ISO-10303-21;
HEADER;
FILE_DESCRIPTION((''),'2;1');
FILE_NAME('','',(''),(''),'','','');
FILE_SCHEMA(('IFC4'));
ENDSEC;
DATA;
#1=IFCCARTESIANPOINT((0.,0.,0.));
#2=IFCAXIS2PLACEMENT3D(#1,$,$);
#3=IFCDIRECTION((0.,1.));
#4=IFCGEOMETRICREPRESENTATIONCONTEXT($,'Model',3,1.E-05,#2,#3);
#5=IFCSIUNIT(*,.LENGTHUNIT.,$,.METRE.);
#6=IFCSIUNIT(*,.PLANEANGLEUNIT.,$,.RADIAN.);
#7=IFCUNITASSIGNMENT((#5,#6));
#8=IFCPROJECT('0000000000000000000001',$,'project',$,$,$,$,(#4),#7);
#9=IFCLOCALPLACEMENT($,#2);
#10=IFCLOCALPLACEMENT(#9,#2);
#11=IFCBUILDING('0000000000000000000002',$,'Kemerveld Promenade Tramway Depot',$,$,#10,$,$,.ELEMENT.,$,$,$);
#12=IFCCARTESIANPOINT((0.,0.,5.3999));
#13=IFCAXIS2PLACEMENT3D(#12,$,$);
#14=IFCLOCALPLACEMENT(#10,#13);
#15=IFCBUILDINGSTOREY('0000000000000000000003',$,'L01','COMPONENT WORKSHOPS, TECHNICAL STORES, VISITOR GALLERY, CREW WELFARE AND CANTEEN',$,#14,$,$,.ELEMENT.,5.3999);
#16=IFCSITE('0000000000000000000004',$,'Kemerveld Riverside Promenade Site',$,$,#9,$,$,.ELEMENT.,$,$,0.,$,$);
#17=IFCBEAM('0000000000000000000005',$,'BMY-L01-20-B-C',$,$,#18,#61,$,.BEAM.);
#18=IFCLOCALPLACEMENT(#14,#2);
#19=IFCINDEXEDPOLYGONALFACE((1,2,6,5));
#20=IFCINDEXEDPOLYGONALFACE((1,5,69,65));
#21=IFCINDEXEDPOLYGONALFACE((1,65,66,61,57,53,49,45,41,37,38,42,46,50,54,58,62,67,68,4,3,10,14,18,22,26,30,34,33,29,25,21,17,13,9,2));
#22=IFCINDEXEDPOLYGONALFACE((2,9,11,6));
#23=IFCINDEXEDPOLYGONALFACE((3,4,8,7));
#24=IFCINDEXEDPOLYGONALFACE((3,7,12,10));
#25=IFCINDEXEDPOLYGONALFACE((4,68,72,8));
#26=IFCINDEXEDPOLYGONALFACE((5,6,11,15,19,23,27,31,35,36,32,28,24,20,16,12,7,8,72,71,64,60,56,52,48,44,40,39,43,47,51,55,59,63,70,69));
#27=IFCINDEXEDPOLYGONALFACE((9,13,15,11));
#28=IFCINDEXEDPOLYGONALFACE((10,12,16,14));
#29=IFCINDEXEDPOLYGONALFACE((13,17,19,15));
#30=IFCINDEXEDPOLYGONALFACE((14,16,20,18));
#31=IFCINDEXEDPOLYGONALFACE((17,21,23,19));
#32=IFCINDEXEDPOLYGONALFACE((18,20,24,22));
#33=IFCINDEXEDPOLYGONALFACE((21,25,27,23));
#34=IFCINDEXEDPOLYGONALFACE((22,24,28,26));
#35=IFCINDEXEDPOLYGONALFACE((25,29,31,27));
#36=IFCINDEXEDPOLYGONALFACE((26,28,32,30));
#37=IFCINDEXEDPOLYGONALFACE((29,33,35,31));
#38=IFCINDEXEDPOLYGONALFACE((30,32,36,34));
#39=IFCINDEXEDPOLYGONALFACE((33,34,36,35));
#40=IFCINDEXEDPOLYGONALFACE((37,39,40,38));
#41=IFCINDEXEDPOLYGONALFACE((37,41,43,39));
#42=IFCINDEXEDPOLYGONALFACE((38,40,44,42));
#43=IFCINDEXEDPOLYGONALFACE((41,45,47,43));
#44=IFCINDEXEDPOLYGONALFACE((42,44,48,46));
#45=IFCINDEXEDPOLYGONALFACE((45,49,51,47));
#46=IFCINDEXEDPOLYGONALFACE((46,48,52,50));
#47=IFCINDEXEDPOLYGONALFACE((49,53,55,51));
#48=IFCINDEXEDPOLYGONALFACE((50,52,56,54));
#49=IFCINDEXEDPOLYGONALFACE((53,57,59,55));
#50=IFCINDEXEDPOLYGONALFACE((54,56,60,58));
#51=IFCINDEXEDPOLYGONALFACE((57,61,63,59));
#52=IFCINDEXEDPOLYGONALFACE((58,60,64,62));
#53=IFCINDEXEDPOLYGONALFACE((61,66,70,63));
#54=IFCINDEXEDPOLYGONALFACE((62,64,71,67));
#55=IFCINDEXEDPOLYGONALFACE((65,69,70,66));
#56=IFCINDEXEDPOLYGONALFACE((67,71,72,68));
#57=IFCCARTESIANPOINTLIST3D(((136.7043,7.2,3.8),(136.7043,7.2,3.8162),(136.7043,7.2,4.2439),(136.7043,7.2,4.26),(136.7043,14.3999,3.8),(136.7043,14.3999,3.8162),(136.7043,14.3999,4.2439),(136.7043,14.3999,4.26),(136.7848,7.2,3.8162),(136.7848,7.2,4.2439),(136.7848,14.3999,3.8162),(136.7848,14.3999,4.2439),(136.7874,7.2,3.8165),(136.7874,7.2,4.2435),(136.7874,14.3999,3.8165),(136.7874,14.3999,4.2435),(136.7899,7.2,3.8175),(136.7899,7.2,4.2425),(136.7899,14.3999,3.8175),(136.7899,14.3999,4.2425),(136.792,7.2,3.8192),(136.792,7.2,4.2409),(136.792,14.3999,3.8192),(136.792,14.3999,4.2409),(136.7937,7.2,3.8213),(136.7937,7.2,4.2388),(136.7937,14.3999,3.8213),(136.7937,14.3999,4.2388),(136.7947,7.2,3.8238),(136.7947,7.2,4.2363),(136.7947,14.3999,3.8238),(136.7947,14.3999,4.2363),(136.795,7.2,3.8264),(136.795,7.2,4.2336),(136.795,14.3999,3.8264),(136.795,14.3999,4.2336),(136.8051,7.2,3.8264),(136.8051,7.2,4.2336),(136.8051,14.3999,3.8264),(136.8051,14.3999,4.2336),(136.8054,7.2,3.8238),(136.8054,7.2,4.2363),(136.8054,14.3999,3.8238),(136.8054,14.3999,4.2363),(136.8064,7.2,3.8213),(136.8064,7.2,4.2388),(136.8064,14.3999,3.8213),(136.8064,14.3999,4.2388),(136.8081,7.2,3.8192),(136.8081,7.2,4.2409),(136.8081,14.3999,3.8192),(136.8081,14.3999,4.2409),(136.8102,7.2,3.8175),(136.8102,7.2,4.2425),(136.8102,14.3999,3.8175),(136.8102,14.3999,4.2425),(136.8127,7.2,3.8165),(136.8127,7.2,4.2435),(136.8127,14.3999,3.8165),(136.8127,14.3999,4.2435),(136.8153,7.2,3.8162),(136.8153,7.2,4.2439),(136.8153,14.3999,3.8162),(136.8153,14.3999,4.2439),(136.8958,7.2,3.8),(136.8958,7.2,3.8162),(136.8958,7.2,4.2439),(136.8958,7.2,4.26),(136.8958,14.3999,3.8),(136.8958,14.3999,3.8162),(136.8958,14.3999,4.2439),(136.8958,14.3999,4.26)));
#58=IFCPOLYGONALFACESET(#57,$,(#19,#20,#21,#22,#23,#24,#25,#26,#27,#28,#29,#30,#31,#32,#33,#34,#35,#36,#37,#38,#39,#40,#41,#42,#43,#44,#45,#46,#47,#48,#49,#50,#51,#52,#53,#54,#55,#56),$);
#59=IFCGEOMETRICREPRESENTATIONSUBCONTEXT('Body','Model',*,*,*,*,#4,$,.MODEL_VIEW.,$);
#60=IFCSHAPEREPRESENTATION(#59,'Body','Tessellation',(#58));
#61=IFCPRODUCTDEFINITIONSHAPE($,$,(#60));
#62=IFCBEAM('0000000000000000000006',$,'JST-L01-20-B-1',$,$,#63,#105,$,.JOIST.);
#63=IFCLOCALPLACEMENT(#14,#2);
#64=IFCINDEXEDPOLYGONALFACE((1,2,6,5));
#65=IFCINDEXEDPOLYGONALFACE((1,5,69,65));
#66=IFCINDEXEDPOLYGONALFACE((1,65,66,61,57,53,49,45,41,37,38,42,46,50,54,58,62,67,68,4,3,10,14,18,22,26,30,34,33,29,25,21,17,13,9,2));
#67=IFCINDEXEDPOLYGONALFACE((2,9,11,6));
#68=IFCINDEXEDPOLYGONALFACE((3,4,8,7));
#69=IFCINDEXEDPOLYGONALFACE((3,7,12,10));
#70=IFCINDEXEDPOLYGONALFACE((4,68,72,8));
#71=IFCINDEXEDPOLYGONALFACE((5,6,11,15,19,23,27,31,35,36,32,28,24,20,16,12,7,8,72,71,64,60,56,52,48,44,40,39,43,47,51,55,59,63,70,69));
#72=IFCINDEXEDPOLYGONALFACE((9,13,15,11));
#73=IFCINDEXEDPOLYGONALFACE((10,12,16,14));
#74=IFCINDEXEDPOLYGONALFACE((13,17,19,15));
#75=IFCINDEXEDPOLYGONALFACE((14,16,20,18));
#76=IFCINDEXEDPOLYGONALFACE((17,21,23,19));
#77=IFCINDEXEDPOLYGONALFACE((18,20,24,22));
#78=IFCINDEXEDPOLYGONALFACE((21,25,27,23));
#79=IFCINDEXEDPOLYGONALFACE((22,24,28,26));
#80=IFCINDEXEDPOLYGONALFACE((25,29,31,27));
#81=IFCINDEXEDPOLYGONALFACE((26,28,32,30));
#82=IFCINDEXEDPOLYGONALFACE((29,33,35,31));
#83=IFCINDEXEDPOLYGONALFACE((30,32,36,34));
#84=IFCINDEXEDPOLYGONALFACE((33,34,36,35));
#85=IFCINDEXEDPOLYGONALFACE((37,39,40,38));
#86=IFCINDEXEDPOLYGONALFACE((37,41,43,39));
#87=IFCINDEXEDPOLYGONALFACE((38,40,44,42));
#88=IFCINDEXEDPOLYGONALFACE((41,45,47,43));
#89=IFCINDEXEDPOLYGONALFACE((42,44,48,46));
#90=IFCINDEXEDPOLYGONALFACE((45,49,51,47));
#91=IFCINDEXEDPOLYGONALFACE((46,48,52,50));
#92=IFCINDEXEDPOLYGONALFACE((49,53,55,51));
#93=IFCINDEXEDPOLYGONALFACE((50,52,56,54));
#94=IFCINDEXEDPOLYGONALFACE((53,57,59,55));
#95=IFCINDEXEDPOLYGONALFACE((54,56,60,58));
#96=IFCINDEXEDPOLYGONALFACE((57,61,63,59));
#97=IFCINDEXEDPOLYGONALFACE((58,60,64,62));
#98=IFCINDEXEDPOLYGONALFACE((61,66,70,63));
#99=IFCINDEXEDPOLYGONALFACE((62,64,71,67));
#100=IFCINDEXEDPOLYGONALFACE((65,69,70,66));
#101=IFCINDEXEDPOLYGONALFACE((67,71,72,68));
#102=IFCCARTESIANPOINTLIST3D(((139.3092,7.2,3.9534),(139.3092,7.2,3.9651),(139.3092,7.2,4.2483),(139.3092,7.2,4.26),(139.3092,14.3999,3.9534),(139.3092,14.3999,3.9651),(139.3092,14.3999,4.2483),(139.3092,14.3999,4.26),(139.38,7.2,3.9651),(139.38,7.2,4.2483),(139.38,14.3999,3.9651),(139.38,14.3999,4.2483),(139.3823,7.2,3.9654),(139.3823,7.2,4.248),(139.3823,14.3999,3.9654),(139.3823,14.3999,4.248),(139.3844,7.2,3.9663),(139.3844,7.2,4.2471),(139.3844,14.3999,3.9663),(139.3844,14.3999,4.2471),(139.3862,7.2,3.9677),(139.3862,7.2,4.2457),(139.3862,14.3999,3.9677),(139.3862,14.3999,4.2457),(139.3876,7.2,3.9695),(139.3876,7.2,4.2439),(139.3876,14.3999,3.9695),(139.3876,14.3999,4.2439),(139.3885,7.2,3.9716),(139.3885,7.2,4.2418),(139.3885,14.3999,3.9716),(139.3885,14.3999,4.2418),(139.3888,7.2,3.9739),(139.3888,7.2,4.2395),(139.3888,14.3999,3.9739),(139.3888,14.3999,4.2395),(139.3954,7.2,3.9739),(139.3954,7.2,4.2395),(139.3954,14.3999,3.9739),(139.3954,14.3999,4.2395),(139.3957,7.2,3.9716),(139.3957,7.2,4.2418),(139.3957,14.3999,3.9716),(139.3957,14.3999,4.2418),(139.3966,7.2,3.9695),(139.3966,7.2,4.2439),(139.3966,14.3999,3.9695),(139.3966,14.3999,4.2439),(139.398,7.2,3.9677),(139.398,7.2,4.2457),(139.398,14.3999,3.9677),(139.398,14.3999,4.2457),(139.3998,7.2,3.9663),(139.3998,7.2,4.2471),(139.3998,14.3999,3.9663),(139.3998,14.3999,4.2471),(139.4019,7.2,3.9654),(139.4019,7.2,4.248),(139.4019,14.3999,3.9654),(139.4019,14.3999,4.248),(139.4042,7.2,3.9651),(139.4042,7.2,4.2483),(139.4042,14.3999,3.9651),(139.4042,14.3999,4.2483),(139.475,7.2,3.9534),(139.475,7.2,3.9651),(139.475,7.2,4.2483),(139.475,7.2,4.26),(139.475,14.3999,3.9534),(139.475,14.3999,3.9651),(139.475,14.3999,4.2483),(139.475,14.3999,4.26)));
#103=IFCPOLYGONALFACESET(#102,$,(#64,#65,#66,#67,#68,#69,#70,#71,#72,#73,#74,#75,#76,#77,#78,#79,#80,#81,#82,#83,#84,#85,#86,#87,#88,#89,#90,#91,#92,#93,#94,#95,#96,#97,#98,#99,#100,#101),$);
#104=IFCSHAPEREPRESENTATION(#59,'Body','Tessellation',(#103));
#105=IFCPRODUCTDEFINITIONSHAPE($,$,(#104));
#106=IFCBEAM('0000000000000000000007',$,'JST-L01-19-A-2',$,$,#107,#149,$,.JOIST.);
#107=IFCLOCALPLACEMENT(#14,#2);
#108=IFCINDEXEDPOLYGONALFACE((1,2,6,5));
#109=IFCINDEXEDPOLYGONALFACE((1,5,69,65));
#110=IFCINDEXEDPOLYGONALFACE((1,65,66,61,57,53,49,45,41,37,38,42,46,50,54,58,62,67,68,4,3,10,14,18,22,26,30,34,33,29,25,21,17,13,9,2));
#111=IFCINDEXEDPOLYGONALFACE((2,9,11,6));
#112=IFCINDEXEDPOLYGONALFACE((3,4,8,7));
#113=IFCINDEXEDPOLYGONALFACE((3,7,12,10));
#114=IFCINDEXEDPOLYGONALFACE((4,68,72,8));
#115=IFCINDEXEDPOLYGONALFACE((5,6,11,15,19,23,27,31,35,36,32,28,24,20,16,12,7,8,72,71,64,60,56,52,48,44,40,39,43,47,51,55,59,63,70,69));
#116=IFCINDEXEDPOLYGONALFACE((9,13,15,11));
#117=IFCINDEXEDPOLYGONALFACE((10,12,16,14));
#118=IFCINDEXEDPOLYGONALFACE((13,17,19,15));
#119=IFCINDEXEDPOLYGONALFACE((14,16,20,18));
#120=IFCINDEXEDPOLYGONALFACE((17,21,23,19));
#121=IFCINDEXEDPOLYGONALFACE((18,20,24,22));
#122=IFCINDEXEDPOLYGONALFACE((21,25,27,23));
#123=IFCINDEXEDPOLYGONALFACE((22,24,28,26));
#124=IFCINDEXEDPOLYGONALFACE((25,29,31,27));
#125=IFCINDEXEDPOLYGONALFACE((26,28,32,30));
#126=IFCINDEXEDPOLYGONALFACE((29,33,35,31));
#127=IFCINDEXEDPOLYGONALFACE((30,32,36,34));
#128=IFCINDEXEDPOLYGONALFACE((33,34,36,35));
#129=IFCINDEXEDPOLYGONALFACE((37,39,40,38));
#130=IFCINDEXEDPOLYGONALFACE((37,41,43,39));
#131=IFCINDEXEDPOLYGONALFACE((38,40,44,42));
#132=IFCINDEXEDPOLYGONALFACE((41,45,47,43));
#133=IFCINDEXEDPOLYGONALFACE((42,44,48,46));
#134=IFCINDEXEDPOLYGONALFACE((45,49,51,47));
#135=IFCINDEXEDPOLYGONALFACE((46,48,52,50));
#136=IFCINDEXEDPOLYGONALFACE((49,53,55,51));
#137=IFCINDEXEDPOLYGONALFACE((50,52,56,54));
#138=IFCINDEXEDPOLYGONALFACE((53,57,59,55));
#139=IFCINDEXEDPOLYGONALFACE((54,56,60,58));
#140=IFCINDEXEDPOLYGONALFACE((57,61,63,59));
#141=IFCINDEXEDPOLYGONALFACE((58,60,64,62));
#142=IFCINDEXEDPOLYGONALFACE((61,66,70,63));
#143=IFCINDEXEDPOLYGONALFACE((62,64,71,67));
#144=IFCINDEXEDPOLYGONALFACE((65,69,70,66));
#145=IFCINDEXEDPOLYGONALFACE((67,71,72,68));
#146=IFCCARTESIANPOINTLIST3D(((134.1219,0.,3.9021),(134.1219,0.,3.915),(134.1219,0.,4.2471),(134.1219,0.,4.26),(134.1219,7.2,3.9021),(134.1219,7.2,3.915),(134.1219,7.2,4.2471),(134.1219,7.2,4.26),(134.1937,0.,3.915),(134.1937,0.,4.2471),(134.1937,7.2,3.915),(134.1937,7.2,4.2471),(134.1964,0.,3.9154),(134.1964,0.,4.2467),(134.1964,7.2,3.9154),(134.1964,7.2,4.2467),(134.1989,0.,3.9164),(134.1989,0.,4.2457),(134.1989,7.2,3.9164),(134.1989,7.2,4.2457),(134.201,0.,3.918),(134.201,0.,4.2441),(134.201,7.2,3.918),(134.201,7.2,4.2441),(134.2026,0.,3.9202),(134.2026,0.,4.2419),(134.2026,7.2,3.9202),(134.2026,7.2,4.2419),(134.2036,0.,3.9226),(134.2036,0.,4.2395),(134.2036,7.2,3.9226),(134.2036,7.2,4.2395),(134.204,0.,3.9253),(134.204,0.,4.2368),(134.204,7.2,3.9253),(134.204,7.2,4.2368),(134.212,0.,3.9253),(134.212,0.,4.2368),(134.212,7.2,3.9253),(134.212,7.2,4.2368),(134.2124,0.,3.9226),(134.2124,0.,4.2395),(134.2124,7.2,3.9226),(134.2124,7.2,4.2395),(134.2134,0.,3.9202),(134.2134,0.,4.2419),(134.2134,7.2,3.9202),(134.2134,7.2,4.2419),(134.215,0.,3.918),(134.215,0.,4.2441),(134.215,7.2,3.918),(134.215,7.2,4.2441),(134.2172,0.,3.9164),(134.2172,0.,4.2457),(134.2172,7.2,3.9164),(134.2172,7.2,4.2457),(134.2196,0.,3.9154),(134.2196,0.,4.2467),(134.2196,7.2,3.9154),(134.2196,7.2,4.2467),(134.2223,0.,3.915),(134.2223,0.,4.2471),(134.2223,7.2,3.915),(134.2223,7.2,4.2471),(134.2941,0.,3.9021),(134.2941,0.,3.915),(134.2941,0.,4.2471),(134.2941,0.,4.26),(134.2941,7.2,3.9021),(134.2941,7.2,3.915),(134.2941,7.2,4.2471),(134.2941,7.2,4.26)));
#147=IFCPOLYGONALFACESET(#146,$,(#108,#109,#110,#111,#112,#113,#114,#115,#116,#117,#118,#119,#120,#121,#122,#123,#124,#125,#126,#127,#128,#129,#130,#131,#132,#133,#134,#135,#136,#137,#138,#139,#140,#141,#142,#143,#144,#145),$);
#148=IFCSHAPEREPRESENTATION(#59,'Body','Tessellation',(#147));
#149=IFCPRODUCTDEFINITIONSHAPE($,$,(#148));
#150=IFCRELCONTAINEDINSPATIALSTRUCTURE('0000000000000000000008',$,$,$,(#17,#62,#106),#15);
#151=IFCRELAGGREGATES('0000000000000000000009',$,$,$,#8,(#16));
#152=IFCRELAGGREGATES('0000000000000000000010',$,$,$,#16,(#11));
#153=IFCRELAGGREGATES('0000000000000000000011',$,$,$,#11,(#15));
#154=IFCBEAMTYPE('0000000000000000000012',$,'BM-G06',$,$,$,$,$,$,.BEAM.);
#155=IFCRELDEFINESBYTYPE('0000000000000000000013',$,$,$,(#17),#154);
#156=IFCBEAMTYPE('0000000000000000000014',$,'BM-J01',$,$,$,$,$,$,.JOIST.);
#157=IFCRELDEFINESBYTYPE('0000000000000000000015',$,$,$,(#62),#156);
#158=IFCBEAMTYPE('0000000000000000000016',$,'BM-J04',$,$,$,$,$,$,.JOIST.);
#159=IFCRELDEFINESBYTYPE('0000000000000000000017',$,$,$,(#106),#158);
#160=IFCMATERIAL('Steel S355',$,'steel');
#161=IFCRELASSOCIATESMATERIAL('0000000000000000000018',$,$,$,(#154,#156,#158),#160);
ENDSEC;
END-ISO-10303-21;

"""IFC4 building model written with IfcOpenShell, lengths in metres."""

from ifc_helpers import new_model, si_unit, direction, frame, origin, origin_2d, place, context, subcontext, project, spatial, i_section, extrude, material, material_profile, profile_set, type_object, element, save


model = new_model("IFC4")

# Units and contexts
model_context = context("Model", 3, precision=1e-05, world=origin(), true_north=direction((0.0, 1.0)))
body_context = subcontext(model_context, "Body", "Model", "MODEL_VIEW")
ifc_project = project(units=[si_unit("LENGTHUNIT", "METRE"), si_unit("PLANEANGLEUNIT", "RADIAN")], contexts=[model_context])

# Site, building, storey
site_placement = place(None, origin())
site = spatial("IfcSite", under=ifc_project, at=site_placement, Name="Kemerveld Riverside Promenade Site", CompositionType="ELEMENT", RefElevation=0.0)
building_placement = place(site_placement, origin())
building = spatial("IfcBuilding", under=site, at=building_placement, Name="Kemerveld Promenade Tramway Depot", CompositionType="ELEMENT")
storey_placement = place(building_placement, frame((0.0, 0.0, 5.3999)))
storey = spatial("IfcBuildingStorey", under=building, at=storey_placement, Name="L01", Description="COMPONENT WORKSHOPS, TECHNICAL STORES, VISITOR GALLERY, CREW WELFARE AND CANTEEN", CompositionType="ELEMENT", Elevation=5.3999)

# Shared definitions
ifc_material_1 = material(Name="Steel S355", Category="steel")

# Beams
ifc_material_profile_1 = material_profile(ifc_material_1, i_section(OverallWidth=0.1914, OverallDepth=0.46, WebThickness=0.01, FlangeThickness=0.0161, FilletRadius=0.0103, at=origin_2d()), Name="457x191x82 UB")
ifc_profile_set_1 = profile_set([ifc_material_profile_1], Name="Steel S355")
beam_type_1 = type_object("IfcBeamType", Name="BM-G06", PredefinedType="BEAM", material=ifc_profile_set_1)
for number, where, z_axis, x_axis, name in (
    (1, (136.8, 7.2, 4.03), (0.0, 1.0, 0.0), (-1.0, 0.0, 0.0), "BMY-L01-20-B-C"),
):
    element("IfcBeam", number, at=place(storey_placement, frame(where, z_axis=z_axis, x_axis=x_axis)), inside=storey, type_object=beam_type_1, Name=name, PredefinedType="BEAM", context=body_context, shape_type="SweptSolid", body=[
        extrude(i_section(OverallWidth=0.1914, OverallDepth=0.46, WebThickness=0.01, FlangeThickness=0.0161, FilletRadius=0.0103, at=origin_2d()), origin(), (0.0, 0.0, 1.0), 7.2),
    ])
ifc_material_profile_2 = material_profile(ifc_material_1, i_section(OverallWidth=0.1658, OverallDepth=0.3066, WebThickness=0.0066, FlangeThickness=0.0117, FilletRadius=0.0088, at=origin_2d()), Name="305x165x46 UB")
ifc_profile_set_2 = profile_set([ifc_material_profile_2], Name="Steel S355")
beam_type_2 = type_object("IfcBeamType", Name="BM-J01", PredefinedType="JOIST", material=ifc_profile_set_2)
beam_1_placement = place(storey_placement, frame((139.3921, 7.2, 4.1067), z_axis=(0.0, 1.0, 0.0), x_axis=(-1.0, 0.0, 0.0)))
element("IfcBeam", 2, at=beam_1_placement, inside=storey, type_object=beam_type_2, Name="JST-L01-20-B-1", PredefinedType="JOIST", context=body_context, shape_type="SweptSolid", body=[
    extrude(i_section(OverallWidth=0.1658, OverallDepth=0.3066, WebThickness=0.0066, FlangeThickness=0.0117, FilletRadius=0.0088, at=origin_2d()), origin(), (0.0, 0.0, 1.0), 7.2),
])
ifc_material_profile_3 = material_profile(ifc_material_1, i_section(OverallWidth=0.1721, OverallDepth=0.3579, WebThickness=0.0081, FlangeThickness=0.0129, FilletRadius=0.0103, at=origin_2d()), Name="356x171x57 UB")
ifc_profile_set_3 = profile_set([ifc_material_profile_3], Name="Steel S355")
beam_type_3 = type_object("IfcBeamType", Name="BM-J04", PredefinedType="JOIST", material=ifc_profile_set_3)
beam_2_placement = place(storey_placement, frame((134.208, 0.0, 4.0811), z_axis=(0.0, 1.0, 0.0), x_axis=(-1.0, 0.0, 0.0)))
element("IfcBeam", 3, at=beam_2_placement, inside=storey, type_object=beam_type_3, Name="JST-L01-19-A-2", PredefinedType="JOIST", context=body_context, shape_type="SweptSolid", body=[
    extrude(i_section(OverallWidth=0.1721, OverallDepth=0.3579, WebThickness=0.0081, FlangeThickness=0.0129, FilletRadius=0.0103, at=origin_2d()), origin(), (0.0, 0.0, 1.0), 7.2),
])

save(model, "model.ifc")
